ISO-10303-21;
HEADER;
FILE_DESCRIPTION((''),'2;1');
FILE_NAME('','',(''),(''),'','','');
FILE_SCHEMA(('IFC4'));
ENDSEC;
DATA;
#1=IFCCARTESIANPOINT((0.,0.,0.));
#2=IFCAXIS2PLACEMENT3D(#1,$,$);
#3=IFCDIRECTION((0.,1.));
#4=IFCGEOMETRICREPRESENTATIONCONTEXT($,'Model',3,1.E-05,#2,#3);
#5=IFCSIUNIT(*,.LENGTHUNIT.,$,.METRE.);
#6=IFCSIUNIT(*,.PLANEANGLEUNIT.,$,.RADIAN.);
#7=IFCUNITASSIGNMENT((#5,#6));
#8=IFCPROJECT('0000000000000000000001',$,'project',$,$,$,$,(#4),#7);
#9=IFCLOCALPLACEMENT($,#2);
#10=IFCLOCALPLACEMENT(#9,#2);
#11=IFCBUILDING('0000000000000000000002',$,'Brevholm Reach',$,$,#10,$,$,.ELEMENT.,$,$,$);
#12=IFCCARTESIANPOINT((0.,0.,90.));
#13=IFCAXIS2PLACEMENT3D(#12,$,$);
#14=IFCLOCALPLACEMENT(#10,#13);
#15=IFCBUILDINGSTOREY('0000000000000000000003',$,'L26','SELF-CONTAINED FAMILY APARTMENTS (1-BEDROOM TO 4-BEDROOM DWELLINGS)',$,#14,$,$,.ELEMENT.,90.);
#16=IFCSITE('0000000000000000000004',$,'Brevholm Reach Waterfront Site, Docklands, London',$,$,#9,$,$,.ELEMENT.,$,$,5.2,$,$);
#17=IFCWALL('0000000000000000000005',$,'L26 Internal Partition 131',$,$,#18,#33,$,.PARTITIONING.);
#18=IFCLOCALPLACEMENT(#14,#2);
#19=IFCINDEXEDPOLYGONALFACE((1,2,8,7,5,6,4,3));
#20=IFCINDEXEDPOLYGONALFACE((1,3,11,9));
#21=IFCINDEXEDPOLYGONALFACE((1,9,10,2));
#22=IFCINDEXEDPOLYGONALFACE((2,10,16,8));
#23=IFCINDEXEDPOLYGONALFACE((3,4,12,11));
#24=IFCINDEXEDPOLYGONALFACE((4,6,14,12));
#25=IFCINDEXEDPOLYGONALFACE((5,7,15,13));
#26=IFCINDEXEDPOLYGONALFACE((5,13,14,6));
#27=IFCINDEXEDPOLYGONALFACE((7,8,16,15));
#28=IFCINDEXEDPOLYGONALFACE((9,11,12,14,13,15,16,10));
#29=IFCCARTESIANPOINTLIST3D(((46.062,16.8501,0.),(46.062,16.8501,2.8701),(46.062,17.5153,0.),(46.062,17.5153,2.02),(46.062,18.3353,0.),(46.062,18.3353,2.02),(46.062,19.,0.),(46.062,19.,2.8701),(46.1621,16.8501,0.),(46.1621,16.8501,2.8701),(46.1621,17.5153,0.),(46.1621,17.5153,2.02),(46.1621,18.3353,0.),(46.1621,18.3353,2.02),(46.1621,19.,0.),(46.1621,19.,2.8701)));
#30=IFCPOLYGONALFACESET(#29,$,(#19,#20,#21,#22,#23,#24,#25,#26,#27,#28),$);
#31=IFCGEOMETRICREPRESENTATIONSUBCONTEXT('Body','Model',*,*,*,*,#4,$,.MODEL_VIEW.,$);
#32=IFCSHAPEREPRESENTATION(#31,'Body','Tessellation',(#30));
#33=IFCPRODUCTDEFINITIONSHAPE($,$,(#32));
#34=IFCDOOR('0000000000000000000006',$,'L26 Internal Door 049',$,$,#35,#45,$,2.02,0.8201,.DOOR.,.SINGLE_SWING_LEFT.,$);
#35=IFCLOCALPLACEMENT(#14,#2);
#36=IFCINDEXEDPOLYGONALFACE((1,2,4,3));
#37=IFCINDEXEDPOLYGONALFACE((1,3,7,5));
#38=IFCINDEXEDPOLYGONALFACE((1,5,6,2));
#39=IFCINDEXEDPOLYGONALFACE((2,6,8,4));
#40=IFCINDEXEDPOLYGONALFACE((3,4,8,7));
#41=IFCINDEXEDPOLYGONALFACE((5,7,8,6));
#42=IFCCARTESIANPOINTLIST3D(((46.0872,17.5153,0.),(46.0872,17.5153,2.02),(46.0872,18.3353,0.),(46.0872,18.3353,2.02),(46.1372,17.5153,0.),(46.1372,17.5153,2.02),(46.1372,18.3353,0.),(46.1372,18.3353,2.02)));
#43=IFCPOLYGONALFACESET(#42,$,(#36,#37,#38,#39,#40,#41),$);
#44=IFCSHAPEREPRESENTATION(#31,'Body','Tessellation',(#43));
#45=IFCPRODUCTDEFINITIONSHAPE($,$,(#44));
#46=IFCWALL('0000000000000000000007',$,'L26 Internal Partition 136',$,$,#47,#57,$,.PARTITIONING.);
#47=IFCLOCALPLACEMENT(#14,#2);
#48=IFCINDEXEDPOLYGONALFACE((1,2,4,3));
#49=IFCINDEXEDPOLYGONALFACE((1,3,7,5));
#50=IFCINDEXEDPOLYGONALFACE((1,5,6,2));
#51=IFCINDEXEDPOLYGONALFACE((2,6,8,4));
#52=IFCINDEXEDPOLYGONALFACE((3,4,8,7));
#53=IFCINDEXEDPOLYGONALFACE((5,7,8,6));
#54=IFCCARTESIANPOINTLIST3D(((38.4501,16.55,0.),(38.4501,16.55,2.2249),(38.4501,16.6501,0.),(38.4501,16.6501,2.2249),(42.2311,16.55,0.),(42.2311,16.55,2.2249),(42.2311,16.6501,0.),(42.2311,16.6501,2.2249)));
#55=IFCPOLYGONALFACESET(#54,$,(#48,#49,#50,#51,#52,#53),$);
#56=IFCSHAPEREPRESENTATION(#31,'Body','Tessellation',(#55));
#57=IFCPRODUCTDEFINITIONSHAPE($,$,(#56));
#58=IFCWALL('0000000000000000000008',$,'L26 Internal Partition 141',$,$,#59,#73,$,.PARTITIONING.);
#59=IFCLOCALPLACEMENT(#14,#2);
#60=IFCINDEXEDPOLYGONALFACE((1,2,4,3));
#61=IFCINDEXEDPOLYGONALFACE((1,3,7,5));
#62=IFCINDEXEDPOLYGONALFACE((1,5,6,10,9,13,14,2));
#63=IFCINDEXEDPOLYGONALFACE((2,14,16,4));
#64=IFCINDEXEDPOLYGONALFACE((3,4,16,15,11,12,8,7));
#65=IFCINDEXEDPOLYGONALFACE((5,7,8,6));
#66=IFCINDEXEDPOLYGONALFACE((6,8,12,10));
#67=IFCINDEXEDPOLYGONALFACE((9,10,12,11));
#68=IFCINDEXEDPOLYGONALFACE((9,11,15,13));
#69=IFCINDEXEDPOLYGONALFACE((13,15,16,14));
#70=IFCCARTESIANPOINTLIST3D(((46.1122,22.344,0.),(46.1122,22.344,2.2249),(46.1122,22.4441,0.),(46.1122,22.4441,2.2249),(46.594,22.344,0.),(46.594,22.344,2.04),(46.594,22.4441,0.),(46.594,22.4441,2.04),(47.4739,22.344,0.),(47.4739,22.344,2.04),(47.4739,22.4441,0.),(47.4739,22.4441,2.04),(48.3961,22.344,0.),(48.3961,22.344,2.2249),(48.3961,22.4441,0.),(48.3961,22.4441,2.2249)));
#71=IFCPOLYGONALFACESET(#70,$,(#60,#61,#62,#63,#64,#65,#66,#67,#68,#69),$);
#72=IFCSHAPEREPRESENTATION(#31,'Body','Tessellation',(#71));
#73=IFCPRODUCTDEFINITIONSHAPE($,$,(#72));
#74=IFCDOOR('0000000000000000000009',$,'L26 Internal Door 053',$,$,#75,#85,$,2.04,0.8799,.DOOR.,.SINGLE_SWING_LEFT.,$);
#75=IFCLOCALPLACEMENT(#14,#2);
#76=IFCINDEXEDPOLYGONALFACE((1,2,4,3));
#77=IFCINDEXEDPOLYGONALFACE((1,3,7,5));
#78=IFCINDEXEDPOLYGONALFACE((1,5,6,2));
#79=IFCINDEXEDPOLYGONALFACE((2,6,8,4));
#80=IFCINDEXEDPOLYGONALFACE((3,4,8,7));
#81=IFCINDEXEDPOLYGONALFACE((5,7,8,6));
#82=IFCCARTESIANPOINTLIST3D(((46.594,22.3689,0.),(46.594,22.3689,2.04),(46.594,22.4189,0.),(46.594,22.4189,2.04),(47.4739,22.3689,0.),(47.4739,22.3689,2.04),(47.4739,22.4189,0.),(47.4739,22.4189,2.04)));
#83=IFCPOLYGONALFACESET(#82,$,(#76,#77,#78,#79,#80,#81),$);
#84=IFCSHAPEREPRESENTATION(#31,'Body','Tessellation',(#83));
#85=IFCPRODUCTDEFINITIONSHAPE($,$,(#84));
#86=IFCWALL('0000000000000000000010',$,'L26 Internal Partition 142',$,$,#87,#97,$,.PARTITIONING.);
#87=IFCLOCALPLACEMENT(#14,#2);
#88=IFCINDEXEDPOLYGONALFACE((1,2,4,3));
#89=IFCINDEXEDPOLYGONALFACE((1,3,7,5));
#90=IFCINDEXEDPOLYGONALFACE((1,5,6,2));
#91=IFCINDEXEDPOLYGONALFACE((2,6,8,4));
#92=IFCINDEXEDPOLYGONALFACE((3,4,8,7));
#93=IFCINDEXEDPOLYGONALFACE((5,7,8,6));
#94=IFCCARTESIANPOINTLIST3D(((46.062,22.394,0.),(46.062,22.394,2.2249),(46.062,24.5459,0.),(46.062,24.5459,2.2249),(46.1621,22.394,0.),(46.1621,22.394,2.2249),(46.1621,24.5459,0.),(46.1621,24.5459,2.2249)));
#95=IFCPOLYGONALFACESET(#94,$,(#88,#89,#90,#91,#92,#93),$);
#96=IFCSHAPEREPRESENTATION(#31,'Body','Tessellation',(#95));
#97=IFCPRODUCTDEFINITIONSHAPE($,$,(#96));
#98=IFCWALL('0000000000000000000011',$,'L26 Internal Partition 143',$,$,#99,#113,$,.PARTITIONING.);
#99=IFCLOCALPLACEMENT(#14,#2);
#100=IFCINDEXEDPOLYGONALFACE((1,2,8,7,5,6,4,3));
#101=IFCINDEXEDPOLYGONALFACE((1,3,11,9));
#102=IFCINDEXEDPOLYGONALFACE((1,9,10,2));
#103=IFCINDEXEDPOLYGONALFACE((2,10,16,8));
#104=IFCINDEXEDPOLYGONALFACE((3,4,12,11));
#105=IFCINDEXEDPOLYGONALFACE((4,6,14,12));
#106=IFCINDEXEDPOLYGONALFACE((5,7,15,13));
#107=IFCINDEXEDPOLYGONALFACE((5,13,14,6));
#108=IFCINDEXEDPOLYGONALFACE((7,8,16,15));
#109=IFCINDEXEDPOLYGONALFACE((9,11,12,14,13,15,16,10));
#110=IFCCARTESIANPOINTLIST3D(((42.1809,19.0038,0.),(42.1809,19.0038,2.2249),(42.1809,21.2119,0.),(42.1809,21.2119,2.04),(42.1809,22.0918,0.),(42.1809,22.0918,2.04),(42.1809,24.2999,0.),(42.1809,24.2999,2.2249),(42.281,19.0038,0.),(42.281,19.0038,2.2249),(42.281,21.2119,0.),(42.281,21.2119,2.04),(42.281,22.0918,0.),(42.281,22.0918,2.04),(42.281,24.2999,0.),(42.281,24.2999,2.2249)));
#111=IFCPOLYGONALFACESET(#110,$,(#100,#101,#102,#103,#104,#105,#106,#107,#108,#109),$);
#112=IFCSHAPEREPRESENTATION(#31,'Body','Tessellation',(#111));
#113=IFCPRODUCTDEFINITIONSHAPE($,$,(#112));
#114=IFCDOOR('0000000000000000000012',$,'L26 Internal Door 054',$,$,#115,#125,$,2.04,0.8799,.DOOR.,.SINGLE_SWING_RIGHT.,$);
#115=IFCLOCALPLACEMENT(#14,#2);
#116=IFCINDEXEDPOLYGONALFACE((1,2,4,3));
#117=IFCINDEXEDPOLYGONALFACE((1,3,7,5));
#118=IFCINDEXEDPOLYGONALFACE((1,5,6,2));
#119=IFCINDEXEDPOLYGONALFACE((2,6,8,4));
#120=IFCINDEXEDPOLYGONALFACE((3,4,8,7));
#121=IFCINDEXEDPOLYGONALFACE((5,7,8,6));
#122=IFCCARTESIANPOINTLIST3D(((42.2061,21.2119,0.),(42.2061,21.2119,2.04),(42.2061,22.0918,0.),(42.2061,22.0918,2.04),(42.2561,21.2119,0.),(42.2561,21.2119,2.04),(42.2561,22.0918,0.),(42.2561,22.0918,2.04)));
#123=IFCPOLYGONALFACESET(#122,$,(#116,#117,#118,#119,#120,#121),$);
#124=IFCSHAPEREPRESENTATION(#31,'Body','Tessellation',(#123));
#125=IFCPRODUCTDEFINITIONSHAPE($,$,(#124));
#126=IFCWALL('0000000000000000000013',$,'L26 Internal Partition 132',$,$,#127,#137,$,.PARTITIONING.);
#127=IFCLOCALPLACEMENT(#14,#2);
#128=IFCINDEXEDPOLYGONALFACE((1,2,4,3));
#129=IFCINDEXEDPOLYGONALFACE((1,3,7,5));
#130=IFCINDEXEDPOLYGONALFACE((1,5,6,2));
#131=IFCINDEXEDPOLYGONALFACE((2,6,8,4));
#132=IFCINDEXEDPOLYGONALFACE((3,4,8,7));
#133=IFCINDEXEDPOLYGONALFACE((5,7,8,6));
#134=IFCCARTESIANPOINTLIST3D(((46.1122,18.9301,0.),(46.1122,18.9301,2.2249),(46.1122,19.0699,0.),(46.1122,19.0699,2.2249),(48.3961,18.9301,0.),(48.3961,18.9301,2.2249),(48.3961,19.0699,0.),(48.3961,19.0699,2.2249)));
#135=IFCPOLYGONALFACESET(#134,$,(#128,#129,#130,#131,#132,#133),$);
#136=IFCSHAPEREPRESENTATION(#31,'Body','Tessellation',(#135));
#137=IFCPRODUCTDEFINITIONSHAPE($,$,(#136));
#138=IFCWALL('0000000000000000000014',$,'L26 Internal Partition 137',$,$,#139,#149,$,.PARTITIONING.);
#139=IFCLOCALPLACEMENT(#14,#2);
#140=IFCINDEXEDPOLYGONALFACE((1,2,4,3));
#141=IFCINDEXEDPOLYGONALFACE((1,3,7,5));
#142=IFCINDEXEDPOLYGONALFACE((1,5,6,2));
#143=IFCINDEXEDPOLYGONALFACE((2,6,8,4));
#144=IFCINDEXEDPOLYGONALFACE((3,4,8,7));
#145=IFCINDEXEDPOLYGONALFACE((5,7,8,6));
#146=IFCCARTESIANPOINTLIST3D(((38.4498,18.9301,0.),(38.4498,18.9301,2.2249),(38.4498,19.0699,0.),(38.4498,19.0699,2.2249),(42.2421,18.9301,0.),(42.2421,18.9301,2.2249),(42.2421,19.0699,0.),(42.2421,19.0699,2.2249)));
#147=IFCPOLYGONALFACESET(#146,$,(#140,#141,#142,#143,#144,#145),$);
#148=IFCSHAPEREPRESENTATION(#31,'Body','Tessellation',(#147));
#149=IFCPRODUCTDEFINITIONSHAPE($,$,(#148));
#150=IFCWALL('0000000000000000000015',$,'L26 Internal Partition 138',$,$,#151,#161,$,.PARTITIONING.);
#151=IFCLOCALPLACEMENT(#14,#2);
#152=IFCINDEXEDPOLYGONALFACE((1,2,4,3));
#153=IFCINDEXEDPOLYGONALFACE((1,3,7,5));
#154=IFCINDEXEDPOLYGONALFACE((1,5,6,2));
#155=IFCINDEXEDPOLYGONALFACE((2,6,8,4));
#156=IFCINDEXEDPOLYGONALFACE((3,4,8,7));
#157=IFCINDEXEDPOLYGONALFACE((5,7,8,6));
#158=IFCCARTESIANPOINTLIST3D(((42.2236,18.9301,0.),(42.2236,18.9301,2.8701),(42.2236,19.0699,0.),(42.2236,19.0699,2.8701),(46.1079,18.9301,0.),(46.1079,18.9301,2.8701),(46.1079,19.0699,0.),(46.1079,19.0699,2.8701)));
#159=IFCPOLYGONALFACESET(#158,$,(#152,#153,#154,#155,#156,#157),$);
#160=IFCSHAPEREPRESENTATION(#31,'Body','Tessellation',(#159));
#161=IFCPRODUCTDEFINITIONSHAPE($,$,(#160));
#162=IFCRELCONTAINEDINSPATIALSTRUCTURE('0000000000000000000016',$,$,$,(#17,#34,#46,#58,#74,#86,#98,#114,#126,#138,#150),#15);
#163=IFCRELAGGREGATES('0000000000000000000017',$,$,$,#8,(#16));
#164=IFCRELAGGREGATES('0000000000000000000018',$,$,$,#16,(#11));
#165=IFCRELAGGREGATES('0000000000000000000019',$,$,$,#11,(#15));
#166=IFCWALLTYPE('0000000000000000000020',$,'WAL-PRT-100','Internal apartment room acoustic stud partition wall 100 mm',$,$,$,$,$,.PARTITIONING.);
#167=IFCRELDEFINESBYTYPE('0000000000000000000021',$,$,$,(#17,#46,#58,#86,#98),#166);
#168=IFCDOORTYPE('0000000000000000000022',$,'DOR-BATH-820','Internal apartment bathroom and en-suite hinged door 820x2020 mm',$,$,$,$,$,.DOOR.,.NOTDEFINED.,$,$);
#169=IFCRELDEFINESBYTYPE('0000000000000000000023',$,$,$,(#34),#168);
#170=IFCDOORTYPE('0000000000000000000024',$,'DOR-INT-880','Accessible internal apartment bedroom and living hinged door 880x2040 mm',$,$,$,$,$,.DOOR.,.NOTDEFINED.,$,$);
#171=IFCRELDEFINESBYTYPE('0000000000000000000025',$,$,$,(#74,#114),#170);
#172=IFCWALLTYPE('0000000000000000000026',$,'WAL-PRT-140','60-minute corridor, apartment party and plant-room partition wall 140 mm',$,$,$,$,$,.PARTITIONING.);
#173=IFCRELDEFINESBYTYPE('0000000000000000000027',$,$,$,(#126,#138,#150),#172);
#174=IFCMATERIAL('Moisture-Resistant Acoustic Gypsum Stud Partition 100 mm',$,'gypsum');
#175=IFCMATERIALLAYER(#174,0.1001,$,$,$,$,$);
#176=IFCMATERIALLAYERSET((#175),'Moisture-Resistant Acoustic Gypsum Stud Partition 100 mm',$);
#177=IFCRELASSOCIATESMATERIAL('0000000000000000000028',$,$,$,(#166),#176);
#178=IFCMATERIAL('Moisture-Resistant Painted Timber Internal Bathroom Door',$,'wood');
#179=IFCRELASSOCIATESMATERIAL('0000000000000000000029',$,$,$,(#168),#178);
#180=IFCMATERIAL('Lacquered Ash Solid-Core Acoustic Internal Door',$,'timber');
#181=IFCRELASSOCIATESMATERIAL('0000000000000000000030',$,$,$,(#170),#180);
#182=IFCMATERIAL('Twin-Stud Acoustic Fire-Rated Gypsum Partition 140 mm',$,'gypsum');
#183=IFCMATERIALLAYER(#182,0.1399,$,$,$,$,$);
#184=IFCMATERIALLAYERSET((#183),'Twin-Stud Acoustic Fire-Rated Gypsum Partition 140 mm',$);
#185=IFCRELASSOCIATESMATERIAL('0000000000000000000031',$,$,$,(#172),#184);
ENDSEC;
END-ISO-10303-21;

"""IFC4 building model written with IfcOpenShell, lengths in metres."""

from ifc_helpers import new_model, si_unit, direction, frame, frame_2d, origin, place, context, subcontext, project, spatial, rectangle, extrude, material, layer, layer_set, type_object, element, fill, save


model = new_model("IFC4")

# Units and contexts
model_context = context("Model", 3, precision=1e-05, world=origin(), true_north=direction((0.0, 1.0)))
body_context = subcontext(model_context, "Body", "Model", "MODEL_VIEW")
ifc_project = project(units=[si_unit("LENGTHUNIT", "METRE"), si_unit("PLANEANGLEUNIT", "RADIAN")], contexts=[model_context])

# Site, building, storey
site_placement = place(None, origin())
site = spatial("IfcSite", under=ifc_project, at=site_placement, Name="Brevholm Reach Waterfront Site, Docklands, London", CompositionType="ELEMENT", RefElevation=5.2)
building_placement = place(site_placement, origin())
building = spatial("IfcBuilding", under=site, at=building_placement, Name="Brevholm Reach", CompositionType="ELEMENT")
storey_placement = place(building_placement, frame((0.0, 0.0, 90.0)))
storey = spatial("IfcBuildingStorey", under=building, at=storey_placement, Name="L26", Description="SELF-CONTAINED FAMILY APARTMENTS (1-BEDROOM TO 4-BEDROOM DWELLINGS)", CompositionType="ELEMENT", Elevation=90.0)

# Shared definitions
ifc_material_1 = material(Name="Moisture-Resistant Acoustic Gypsum Stud Partition 100 mm", Category="gypsum")
ifc_layer_1 = layer(ifc_material_1, 0.1001)
ifc_layer_set_1 = layer_set([ifc_layer_1], Name="Moisture-Resistant Acoustic Gypsum Stud Partition 100 mm")
wall_type_1 = type_object("IfcWallType", Name="WAL-PRT-100", Description="Internal apartment room acoustic stud partition wall 100 mm", PredefinedType="PARTITIONING", material=ifc_layer_set_1)

# Wall, opening, door
wall_1_placement = place(storey_placement, frame((46.1121, 16.8501, 0.0), z_axis=(0.0, 0.0, 1.0), x_axis=(0.0, 1.0, 0.0)))
wall_1 = element("IfcWall", 1, at=wall_1_placement, inside=storey, type_object=wall_type_1, Name="L26 Internal Partition 131", PredefinedType="PARTITIONING", context=body_context, shape_type="SweptSolid", body=[
    extrude(rectangle(XDim=2.1499, YDim=0.1001, at=frame_2d((1.075, 0.0))), origin(), (0.0, 0.0, 1.0), 2.8701),
])
opening_1_placement = place(wall_1_placement, frame((0.665, 0.0, 0.0)))
opening_1 = element("IfcOpeningElement", 2, at=opening_1_placement, cuts=wall_1, PredefinedType="OPENING", context=body_context, shape_type="SweptSolid", body=[
    extrude(rectangle(XDim=0.8201, YDim=2.02, at=frame_2d((0.4102, 1.01))), frame((0.0, 0.0601, 0.0), z_axis=(0.0, -1.0, 0.0), x_axis=(1.0, 0.0, 0.0)), (0.0, 0.0, 1.0), 0.1201),
])
ifc_material_2 = material(Name="Moisture-Resistant Painted Timber Internal Bathroom Door", Category="wood")
door_type_1 = type_object("IfcDoorType", Name="DOR-BATH-820", Description="Internal apartment bathroom and en-suite hinged door 820x2020 mm", OperationType="NOTDEFINED", PredefinedType="DOOR", material=ifc_material_2)
door_1_placement = place(opening_1_placement, origin())
door_1 = element("IfcDoor", 3, at=door_1_placement, inside=storey, type_object=door_type_1, Name="L26 Internal Door 049", OperationType="SINGLE_SWING_LEFT", OverallHeight=2.02, OverallWidth=0.8201, PredefinedType="DOOR", context=body_context, shape_type="SweptSolid", body=[
    extrude(rectangle(XDim=0.8201, YDim=2.02, at=frame_2d((0.4102, 1.01))), frame((0.0, 0.0249, 0.0), z_axis=(0.0, -1.0, 0.0), x_axis=(1.0, 0.0, 0.0)), (0.0, 0.0, 1.0), 0.05),
])
fill(opening_1, door_1)

# Wall
wall_2_placement = place(storey_placement, frame((38.45, 16.6001, 0.0), z_axis=(0.0, 0.0, 1.0), x_axis=(1.0, 0.0, 0.0)))
element("IfcWall", 4, at=wall_2_placement, inside=storey, type_object=wall_type_1, Name="L26 Internal Partition 136", PredefinedType="PARTITIONING", context=body_context, shape_type="SweptSolid", body=[
    extrude(rectangle(XDim=3.781, YDim=0.1001, at=frame_2d((1.8906, 0.0))), origin(), (0.0, 0.0, 1.0), 2.2249),
])

# Wall, opening, door
wall_3_placement = place(storey_placement, frame((46.1121, 22.394, 0.0), z_axis=(0.0, 0.0, 1.0), x_axis=(1.0, 0.0, 0.0)))
wall_3 = element("IfcWall", 5, at=wall_3_placement, inside=storey, type_object=wall_type_1, Name="L26 Internal Partition 141", PredefinedType="PARTITIONING", context=body_context, shape_type="SweptSolid", body=[
    extrude(rectangle(XDim=2.2839, YDim=0.1001, at=frame_2d((1.1421, 0.0))), origin(), (0.0, 0.0, 1.0), 2.2249),
])
opening_2_placement = place(wall_3_placement, frame((0.4819, 0.0, 0.0)))
opening_2 = element("IfcOpeningElement", 6, at=opening_2_placement, cuts=wall_3, PredefinedType="OPENING", context=body_context, shape_type="SweptSolid", body=[
    extrude(rectangle(XDim=0.8799, YDim=2.04, at=frame_2d((0.4399, 1.02))), frame((0.0, 0.0601, 0.0), z_axis=(0.0, -1.0, 0.0), x_axis=(1.0, 0.0, 0.0)), (0.0, 0.0, 1.0), 0.1201),
])
ifc_material_3 = material(Name="Lacquered Ash Solid-Core Acoustic Internal Door", Category="timber")
door_type_2 = type_object("IfcDoorType", Name="DOR-INT-880", Description="Accessible internal apartment bedroom and living hinged door 880x2040 mm", OperationType="NOTDEFINED", PredefinedType="DOOR", material=ifc_material_3)
door_2_placement = place(opening_2_placement, origin())
door_2 = element("IfcDoor", 7, at=door_2_placement, inside=storey, type_object=door_type_2, Name="L26 Internal Door 053", OperationType="SINGLE_SWING_LEFT", OverallHeight=2.04, OverallWidth=0.8799, PredefinedType="DOOR", context=body_context, shape_type="SweptSolid", body=[
    extrude(rectangle(XDim=0.8799, YDim=2.04, at=frame_2d((0.4399, 1.02))), frame((0.0, 0.0249, 0.0), z_axis=(0.0, -1.0, 0.0), x_axis=(1.0, 0.0, 0.0)), (0.0, 0.0, 1.0), 0.05),
])
fill(opening_2, door_2)

# Wall
wall_4_placement = place(storey_placement, frame((46.1121, 22.394, 0.0), z_axis=(0.0, 0.0, 1.0), x_axis=(0.0, 1.0, 0.0)))
element("IfcWall", 8, at=wall_4_placement, inside=storey, type_object=wall_type_1, Name="L26 Internal Partition 142", PredefinedType="PARTITIONING", context=body_context, shape_type="SweptSolid", body=[
    extrude(rectangle(XDim=2.1519, YDim=0.1001, at=frame_2d((1.0759, 0.0))), origin(), (0.0, 0.0, 1.0), 2.2249),
])

# Wall, opening, door
wall_5_placement = place(storey_placement, frame((42.231, 19.0039, 0.0), z_axis=(0.0, 0.0, 1.0), x_axis=(0.0, 1.0, 0.0)))
wall_5 = element("IfcWall", 9, at=wall_5_placement, inside=storey, type_object=wall_type_1, Name="L26 Internal Partition 143", PredefinedType="PARTITIONING", context=body_context, shape_type="SweptSolid", body=[
    extrude(rectangle(XDim=5.2961, YDim=0.1001, at=frame_2d((2.6479, 0.0))), origin(), (0.0, 0.0, 1.0), 2.2249),
])
opening_3_placement = place(wall_5_placement, frame((2.208, 0.0, 0.0)))
opening_3 = element("IfcOpeningElement", 10, at=opening_3_placement, cuts=wall_5, PredefinedType="OPENING", context=body_context, shape_type="SweptSolid", body=[
    extrude(rectangle(XDim=0.8799, YDim=2.04, at=frame_2d((0.4399, 1.02))), frame((0.0, 0.0601, 0.0), z_axis=(0.0, -1.0, 0.0), x_axis=(1.0, 0.0, 0.0)), (0.0, 0.0, 1.0), 0.1201),
])
door_3_placement = place(opening_3_placement, origin())
door_3 = element("IfcDoor", 11, at=door_3_placement, inside=storey, type_object=door_type_2, Name="L26 Internal Door 054", OperationType="SINGLE_SWING_RIGHT", OverallHeight=2.04, OverallWidth=0.8799, PredefinedType="DOOR", context=body_context, shape_type="SweptSolid", body=[
    extrude(rectangle(XDim=0.8799, YDim=2.04, at=frame_2d((0.4399, 1.02))), frame((0.0, 0.0249, 0.0), z_axis=(0.0, -1.0, 0.0), x_axis=(1.0, 0.0, 0.0)), (0.0, 0.0, 1.0), 0.05),
])
fill(opening_3, door_3)

# Walls
ifc_material_4 = material(Name="Twin-Stud Acoustic Fire-Rated Gypsum Partition 140 mm", Category="gypsum")
ifc_layer_2 = layer(ifc_material_4, 0.1399)
ifc_layer_set_2 = layer_set([ifc_layer_2], Name="Twin-Stud Acoustic Fire-Rated Gypsum Partition 140 mm")
wall_type_2 = type_object("IfcWallType", Name="WAL-PRT-140", Description="60-minute corridor, apartment party and plant-room partition wall 140 mm", PredefinedType="PARTITIONING", material=ifc_layer_set_2)
wall_6_placement = place(storey_placement, frame((46.1121, 19.0, 0.0), z_axis=(0.0, 0.0, 1.0), x_axis=(1.0, 0.0, 0.0)))
element("IfcWall", 12, at=wall_6_placement, inside=storey, type_object=wall_type_2, Name="L26 Internal Partition 132", PredefinedType="PARTITIONING", context=body_context, shape_type="SweptSolid", body=[
    extrude(rectangle(XDim=2.2839, YDim=0.1399, at=frame_2d((1.1421, 0.0))), origin(), (0.0, 0.0, 1.0), 2.2249),
])
wall_7_placement = place(storey_placement, frame((38.45, 19.0, 0.0), z_axis=(0.0, 0.0, 1.0), x_axis=(1.0, 0.0, 0.0)))
element("IfcWall", 13, at=wall_7_placement, inside=storey, type_object=wall_type_2, Name="L26 Internal Partition 137", PredefinedType="PARTITIONING", context=body_context, shape_type="SweptSolid", body=[
    extrude(rectangle(XDim=3.7922, YDim=0.1399, at=frame_2d((1.896, 0.0))), origin(), (0.0, 0.0, 1.0), 2.2249),
])
wall_8_placement = place(storey_placement, frame((42.2236, 19.0, 0.0), z_axis=(0.0, 0.0, 1.0), x_axis=(1.0, 0.0, 0.0)))
element("IfcWall", 14, at=wall_8_placement, inside=storey, type_object=wall_type_2, Name="L26 Internal Partition 138", PredefinedType="PARTITIONING", context=body_context, shape_type="SweptSolid", body=[
    extrude(rectangle(XDim=3.8843, YDim=0.1399, at=frame_2d((1.9421, 0.0))), origin(), (0.0, 0.0, 1.0), 2.8701),
])

save(model, "model.ifc")
